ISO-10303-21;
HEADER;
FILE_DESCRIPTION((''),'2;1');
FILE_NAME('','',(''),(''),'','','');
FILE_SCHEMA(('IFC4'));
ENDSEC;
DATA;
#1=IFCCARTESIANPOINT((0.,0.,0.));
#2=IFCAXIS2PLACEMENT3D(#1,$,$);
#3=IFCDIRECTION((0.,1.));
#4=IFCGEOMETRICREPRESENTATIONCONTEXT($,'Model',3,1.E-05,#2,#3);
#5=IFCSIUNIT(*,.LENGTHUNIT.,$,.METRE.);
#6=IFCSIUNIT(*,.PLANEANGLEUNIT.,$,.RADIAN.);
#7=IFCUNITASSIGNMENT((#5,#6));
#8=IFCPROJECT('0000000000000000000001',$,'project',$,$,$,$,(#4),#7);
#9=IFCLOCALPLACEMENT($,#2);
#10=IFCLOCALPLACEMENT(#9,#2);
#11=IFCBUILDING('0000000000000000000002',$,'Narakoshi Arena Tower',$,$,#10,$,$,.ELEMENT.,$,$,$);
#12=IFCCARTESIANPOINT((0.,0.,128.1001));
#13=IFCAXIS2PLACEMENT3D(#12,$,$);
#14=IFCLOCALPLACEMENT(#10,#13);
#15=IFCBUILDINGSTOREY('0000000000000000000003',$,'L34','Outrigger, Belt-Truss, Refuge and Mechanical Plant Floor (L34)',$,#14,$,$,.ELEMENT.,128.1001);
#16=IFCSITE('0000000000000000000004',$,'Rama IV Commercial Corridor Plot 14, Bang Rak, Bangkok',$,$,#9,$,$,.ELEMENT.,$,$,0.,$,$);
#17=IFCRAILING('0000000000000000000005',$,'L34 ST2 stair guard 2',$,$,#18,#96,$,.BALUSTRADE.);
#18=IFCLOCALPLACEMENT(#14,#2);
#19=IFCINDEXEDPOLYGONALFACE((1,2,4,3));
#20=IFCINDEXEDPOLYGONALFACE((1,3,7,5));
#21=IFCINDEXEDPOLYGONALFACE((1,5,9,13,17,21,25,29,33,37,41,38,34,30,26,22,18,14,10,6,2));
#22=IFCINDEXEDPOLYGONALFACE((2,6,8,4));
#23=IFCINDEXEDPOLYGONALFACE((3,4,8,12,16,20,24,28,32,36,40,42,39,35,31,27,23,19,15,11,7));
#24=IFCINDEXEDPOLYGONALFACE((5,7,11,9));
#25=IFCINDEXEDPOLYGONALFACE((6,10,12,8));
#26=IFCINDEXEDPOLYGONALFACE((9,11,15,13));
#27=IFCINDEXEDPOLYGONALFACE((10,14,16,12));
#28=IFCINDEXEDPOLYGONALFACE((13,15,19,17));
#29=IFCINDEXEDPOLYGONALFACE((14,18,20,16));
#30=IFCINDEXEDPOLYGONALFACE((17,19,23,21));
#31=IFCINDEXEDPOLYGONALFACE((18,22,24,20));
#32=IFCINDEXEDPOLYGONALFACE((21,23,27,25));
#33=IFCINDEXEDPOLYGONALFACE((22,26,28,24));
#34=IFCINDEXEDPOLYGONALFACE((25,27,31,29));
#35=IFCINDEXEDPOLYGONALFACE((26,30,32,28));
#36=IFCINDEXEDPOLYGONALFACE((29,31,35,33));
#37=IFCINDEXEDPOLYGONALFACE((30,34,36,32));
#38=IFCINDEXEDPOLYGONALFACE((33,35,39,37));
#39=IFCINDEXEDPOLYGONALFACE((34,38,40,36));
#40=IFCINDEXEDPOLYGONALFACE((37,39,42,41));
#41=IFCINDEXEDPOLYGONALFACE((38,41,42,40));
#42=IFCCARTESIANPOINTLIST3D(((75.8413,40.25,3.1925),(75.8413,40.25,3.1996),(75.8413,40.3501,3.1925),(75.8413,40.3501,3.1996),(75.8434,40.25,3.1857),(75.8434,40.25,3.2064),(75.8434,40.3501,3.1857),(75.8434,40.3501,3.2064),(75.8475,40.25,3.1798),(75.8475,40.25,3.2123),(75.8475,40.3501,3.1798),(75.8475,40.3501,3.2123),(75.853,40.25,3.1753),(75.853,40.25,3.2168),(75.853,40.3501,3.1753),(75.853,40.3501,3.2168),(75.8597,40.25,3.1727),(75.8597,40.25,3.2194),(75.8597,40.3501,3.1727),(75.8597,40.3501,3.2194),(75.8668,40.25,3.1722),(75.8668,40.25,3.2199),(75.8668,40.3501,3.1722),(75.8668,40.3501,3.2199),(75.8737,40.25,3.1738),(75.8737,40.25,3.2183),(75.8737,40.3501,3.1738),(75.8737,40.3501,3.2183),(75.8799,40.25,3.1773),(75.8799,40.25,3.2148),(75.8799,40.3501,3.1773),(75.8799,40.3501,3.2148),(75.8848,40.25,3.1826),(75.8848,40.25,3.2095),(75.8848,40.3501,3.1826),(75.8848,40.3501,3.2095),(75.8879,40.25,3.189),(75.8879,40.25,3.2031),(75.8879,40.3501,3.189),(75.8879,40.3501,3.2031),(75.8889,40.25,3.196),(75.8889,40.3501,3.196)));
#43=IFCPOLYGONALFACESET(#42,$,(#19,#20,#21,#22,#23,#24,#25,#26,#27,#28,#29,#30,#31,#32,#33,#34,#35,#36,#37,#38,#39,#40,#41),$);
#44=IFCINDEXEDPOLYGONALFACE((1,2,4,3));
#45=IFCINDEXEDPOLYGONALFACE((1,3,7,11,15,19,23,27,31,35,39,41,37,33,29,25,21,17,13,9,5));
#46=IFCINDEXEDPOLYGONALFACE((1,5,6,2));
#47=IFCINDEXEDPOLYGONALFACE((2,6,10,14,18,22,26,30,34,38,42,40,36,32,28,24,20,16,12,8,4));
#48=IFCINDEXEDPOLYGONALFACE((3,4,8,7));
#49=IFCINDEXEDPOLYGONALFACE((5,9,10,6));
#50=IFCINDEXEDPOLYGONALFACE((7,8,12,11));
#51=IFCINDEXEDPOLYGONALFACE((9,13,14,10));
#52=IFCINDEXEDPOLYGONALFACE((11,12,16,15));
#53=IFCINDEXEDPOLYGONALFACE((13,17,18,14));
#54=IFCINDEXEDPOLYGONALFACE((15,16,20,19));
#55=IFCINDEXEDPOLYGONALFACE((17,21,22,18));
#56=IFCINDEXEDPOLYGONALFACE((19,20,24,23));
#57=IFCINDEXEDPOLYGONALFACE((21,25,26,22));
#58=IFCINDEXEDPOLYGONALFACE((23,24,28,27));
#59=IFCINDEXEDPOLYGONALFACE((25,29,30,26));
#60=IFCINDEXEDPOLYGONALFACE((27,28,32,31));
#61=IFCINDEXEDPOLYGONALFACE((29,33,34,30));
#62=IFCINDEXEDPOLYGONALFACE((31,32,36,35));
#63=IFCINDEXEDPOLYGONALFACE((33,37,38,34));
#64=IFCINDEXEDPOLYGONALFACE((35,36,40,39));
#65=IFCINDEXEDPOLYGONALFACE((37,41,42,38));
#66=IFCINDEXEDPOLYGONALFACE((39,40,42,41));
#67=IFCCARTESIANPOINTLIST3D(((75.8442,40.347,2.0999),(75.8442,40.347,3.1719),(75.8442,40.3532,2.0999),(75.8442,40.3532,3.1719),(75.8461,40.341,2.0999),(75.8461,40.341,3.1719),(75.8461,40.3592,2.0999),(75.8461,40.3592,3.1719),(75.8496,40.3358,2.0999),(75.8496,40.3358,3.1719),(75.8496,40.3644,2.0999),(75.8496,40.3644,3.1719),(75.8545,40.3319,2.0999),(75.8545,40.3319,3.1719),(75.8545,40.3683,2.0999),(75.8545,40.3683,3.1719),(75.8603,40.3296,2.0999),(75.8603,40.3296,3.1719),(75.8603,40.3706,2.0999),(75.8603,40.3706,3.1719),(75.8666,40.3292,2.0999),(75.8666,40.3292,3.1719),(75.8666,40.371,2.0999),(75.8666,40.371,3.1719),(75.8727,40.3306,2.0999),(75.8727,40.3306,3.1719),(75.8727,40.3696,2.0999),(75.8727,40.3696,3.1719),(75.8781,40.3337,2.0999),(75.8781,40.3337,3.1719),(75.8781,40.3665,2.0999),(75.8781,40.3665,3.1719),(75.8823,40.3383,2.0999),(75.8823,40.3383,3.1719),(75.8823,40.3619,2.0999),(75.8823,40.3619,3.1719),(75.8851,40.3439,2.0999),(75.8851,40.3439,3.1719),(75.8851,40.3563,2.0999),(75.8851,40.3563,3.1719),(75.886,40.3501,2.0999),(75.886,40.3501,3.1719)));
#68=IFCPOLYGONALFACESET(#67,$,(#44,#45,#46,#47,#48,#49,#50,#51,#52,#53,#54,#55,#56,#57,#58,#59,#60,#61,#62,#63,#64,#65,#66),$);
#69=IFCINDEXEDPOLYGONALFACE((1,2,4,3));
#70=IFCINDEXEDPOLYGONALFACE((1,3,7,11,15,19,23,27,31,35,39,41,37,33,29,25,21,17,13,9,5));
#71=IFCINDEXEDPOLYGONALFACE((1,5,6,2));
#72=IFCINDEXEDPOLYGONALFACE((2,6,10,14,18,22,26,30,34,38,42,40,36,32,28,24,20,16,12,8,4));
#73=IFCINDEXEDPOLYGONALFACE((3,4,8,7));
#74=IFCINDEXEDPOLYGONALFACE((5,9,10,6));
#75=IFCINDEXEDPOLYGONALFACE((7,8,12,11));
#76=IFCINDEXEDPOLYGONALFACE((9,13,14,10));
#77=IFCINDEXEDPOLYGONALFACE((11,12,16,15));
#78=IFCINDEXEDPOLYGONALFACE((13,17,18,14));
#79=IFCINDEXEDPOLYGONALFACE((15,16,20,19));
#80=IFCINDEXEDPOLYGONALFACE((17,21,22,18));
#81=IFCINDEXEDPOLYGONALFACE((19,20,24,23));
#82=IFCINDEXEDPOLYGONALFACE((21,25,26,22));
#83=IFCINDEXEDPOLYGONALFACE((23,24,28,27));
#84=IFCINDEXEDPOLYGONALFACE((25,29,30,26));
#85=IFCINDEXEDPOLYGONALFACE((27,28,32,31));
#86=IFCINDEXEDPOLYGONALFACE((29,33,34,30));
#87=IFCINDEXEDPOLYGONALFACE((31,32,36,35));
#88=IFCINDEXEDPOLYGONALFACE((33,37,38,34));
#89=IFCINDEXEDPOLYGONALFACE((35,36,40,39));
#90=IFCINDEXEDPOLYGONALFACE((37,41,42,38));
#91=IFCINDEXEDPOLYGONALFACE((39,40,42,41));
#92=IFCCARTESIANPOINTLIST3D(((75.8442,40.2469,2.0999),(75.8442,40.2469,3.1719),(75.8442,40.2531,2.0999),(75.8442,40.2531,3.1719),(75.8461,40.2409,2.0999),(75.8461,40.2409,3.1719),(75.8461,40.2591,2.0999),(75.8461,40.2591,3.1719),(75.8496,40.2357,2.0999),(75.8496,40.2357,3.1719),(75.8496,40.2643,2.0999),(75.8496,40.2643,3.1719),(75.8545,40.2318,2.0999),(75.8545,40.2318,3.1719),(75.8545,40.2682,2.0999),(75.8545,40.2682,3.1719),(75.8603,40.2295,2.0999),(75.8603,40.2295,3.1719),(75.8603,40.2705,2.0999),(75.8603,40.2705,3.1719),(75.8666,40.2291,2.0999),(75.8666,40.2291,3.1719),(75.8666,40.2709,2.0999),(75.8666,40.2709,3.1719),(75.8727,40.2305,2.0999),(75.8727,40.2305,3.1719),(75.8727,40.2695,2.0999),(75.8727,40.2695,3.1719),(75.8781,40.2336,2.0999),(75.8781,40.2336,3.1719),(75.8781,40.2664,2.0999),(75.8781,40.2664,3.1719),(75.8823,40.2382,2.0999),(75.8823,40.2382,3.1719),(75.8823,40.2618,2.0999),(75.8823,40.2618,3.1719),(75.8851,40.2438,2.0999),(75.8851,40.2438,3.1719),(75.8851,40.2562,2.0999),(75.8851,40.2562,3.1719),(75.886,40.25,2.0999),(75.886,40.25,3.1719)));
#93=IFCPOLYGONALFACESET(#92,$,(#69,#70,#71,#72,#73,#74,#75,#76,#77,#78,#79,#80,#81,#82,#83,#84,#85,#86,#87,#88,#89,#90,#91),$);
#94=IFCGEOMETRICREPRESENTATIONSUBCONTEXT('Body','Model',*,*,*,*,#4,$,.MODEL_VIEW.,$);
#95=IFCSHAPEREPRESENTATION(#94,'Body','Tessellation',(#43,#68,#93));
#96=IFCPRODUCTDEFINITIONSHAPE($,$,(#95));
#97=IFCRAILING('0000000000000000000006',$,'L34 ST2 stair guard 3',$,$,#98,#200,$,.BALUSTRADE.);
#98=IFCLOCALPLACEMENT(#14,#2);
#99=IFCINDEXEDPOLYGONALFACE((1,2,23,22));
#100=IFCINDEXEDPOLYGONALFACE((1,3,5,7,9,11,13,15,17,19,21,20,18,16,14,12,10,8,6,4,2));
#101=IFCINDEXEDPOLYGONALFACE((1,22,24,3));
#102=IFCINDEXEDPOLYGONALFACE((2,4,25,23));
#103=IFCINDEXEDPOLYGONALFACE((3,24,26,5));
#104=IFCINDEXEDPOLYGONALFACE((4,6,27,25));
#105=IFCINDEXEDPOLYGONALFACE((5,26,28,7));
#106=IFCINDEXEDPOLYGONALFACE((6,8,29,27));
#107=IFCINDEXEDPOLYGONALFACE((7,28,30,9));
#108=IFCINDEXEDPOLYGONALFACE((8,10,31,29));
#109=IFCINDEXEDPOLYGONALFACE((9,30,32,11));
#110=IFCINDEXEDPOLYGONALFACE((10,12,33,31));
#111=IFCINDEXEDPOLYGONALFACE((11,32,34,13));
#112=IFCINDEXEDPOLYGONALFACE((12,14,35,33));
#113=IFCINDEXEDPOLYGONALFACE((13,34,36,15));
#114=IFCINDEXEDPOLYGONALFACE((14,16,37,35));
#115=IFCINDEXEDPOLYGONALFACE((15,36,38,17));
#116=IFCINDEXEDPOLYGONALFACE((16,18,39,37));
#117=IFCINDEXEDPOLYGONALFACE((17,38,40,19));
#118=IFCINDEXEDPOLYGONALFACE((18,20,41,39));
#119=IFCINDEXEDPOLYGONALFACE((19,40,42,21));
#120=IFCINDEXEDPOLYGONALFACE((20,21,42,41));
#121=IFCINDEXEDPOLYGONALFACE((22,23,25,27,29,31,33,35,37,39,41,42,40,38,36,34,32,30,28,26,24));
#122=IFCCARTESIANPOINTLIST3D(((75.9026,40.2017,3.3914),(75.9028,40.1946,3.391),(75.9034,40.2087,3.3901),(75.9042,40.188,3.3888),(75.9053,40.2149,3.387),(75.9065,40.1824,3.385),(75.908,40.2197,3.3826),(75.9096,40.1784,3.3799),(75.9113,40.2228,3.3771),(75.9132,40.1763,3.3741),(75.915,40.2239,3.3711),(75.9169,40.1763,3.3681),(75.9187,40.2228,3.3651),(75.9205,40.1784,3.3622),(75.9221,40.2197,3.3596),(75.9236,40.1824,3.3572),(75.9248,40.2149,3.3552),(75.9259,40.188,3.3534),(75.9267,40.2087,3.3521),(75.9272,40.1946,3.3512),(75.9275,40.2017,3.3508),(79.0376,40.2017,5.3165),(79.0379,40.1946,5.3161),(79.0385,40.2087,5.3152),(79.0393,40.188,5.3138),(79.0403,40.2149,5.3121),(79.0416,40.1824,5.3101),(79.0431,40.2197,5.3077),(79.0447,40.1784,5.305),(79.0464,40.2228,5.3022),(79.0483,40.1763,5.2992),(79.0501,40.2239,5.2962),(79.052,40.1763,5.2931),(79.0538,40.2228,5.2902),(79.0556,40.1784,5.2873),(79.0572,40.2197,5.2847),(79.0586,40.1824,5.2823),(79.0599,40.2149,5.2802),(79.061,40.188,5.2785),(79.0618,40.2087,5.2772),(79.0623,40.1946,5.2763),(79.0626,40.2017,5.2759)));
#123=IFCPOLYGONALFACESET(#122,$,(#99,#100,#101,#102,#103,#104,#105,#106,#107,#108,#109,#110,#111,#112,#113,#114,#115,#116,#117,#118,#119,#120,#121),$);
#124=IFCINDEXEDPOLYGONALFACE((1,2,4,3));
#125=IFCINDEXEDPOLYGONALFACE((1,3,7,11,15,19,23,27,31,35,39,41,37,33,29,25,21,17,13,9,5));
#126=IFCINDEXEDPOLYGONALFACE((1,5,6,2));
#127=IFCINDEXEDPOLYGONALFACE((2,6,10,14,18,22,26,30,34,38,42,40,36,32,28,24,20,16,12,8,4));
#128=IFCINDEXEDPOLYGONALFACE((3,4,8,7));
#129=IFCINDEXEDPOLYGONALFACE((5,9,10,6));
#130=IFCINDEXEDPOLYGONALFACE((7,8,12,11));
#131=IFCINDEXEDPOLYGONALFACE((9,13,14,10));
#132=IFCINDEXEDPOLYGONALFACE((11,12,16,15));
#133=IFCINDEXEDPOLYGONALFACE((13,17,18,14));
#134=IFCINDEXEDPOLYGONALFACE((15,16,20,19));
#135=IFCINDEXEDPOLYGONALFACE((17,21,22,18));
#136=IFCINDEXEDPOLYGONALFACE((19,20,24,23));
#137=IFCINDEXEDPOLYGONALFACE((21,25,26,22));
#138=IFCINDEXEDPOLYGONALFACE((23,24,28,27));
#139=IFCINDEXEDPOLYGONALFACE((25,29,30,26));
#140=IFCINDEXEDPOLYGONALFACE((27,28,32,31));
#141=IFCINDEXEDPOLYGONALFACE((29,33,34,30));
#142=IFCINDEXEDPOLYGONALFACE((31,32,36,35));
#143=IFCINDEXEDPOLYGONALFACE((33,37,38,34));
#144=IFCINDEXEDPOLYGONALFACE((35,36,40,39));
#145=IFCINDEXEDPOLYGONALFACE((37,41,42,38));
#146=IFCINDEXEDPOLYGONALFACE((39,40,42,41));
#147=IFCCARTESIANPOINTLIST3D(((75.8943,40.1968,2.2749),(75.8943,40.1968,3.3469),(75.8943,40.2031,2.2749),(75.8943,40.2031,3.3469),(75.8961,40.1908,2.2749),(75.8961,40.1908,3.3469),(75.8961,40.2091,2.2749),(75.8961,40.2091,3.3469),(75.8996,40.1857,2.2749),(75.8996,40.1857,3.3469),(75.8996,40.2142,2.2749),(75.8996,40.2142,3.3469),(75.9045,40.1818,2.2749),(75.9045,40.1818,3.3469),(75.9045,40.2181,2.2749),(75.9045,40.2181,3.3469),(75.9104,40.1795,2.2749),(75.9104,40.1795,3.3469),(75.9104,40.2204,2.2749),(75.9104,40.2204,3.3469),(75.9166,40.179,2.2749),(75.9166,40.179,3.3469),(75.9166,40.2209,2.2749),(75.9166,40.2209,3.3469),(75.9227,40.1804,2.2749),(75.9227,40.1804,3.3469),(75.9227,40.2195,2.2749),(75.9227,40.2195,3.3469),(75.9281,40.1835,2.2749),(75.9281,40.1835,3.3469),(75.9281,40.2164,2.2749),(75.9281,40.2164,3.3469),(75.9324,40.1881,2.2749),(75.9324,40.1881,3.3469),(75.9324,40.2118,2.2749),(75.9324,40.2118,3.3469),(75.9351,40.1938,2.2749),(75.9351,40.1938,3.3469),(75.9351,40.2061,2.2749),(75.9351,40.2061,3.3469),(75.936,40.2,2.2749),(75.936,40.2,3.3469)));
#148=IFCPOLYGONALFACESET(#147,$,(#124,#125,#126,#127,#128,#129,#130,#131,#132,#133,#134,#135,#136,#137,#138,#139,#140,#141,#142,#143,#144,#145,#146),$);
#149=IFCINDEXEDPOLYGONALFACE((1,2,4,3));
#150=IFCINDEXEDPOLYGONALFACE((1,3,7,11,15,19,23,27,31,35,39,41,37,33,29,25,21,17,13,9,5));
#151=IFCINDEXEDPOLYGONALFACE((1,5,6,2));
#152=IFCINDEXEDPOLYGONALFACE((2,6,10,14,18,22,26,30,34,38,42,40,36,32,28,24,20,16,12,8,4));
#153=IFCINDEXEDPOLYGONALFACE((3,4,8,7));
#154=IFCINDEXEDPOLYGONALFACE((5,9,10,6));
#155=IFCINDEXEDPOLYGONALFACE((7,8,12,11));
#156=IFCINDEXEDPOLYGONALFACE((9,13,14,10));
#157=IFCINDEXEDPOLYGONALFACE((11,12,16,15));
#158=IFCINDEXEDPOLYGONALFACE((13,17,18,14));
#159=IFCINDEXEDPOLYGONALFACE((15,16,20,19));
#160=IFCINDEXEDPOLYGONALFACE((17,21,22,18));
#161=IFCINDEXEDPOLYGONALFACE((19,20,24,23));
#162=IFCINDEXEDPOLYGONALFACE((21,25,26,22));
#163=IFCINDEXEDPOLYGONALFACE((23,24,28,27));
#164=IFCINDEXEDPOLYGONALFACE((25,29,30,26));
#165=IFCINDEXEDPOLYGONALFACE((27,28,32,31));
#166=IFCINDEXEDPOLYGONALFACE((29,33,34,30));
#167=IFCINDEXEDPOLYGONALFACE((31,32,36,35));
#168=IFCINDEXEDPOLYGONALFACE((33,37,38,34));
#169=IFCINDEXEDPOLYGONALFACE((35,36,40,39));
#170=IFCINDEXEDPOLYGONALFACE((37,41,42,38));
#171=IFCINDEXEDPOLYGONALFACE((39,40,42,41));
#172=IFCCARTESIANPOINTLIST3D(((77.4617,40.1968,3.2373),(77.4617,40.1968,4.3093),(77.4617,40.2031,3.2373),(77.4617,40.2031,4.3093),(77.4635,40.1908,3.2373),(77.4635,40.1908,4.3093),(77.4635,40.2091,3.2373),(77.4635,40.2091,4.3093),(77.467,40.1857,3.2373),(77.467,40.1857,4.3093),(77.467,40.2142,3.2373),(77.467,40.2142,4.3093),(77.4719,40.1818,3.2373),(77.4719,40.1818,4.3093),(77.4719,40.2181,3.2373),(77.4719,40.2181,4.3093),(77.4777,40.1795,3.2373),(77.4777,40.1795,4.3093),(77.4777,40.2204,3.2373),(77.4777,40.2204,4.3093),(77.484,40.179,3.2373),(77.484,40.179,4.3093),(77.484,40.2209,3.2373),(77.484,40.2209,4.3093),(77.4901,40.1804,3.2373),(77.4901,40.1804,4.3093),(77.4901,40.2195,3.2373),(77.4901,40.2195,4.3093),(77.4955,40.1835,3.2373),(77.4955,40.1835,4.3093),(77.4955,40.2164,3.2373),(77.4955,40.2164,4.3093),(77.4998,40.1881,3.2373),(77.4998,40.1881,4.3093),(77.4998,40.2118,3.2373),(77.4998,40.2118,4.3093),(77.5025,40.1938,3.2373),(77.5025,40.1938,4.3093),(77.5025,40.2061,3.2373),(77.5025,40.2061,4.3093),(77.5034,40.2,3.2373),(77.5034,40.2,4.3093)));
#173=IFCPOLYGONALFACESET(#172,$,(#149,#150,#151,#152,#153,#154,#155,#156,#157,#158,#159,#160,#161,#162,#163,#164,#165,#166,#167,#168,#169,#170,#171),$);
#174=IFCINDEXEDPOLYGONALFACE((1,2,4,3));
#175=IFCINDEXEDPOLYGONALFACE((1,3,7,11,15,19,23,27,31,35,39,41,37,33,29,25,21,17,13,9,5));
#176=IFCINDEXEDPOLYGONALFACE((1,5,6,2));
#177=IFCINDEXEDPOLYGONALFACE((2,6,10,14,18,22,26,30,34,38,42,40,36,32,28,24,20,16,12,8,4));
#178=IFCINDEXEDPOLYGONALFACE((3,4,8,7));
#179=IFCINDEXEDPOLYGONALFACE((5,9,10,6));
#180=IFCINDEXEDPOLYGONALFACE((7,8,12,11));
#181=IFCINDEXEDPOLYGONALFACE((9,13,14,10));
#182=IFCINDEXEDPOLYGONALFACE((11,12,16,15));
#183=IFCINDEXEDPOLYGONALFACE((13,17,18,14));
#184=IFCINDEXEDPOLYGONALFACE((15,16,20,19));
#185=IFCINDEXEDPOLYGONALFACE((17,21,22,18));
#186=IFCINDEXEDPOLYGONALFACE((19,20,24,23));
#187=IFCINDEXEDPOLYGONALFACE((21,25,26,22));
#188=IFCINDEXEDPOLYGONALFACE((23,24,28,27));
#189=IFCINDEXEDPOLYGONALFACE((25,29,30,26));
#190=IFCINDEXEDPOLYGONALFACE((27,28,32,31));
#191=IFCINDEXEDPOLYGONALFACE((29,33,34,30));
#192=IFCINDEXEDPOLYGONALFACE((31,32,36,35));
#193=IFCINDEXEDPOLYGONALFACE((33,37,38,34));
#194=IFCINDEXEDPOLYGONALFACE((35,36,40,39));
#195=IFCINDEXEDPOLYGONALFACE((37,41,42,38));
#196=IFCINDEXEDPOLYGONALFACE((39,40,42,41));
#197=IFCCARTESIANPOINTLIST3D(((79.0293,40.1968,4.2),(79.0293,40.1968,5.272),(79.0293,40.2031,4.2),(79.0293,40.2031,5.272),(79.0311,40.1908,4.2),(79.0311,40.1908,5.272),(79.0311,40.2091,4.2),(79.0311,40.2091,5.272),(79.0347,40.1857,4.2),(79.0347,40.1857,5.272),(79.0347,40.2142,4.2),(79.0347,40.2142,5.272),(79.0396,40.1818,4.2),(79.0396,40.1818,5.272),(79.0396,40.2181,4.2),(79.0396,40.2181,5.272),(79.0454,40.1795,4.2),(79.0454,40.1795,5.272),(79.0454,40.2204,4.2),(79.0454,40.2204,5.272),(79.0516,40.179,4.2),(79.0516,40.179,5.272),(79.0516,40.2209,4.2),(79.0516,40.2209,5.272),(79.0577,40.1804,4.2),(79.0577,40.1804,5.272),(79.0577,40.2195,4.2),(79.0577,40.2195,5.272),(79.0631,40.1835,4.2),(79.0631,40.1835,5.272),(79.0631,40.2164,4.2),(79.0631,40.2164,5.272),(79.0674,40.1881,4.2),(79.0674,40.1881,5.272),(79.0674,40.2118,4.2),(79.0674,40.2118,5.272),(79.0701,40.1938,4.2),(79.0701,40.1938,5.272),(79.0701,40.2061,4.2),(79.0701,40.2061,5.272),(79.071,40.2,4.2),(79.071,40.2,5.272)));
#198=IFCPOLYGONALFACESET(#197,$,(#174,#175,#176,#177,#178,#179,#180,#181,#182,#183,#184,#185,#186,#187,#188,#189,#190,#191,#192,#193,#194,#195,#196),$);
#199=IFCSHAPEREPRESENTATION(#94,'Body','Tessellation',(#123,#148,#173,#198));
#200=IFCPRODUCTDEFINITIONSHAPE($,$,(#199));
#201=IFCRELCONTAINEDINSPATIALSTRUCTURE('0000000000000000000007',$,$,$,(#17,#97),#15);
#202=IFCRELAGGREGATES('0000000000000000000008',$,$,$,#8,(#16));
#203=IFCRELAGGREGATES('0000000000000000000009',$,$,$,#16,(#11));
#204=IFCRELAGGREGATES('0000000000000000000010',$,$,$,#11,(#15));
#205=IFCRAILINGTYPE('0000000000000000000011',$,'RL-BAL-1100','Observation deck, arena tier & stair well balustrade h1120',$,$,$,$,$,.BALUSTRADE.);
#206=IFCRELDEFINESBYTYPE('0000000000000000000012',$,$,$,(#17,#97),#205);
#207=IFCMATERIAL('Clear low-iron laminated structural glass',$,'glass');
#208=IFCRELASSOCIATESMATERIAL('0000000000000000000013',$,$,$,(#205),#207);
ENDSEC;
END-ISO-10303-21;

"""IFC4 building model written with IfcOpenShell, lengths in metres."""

from ifc_helpers import new_model, si_unit, direction, frame, origin, origin_2d, place, context, subcontext, project, spatial, circle, extrude, material, type_object, element, save


model = new_model("IFC4")

# Units and contexts
model_context = context("Model", 3, precision=1e-05, world=origin(), true_north=direction((0.0, 1.0)))
body_context = subcontext(model_context, "Body", "Model", "MODEL_VIEW")
ifc_project = project(units=[si_unit("LENGTHUNIT", "METRE"), si_unit("PLANEANGLEUNIT", "RADIAN")], contexts=[model_context])

# Site, building, storey
site_placement = place(None, origin())
site = spatial("IfcSite", under=ifc_project, at=site_placement, Name="Rama IV Commercial Corridor Plot 14, Bang Rak, Bangkok", CompositionType="ELEMENT", RefElevation=0.0)
building_placement = place(site_placement, origin())
building = spatial("IfcBuilding", under=site, at=building_placement, Name="Narakoshi Arena Tower", CompositionType="ELEMENT")
storey_placement = place(building_placement, frame((0.0, 0.0, 128.1001)))
storey = spatial("IfcBuildingStorey", under=building, at=storey_placement, Name="L34", Description="Outrigger, Belt-Truss, Refuge and Mechanical Plant Floor (L34)", CompositionType="ELEMENT", Elevation=128.1001)

# Railings
ifc_material_1 = material(Name="Clear low-iron laminated structural glass", Category="glass")
railing_type_1 = type_object("IfcRailingType", Name="RL-BAL-1100", Description="Observation deck, arena tier & stair well balustrade h1120", PredefinedType="BALUSTRADE", material=ifc_material_1)
railing_1_placement = place(storey_placement, frame((75.865, 40.3501, 2.0999)))
element("IfcRailing", 1, at=railing_1_placement, inside=storey, type_object=railing_type_1, Name="L34 ST2 stair guard 2", PredefinedType="BALUSTRADE", context=body_context, shape_type="SweptSolid", body=[
    extrude(circle(Radius=0.0239, at=origin_2d()), frame((0.0, 0.0, 1.0962), z_axis=(0.0, -1.0, 0.0), x_axis=(1.0, 0.0, 0.0)), (0.0, 0.0, 1.0), 0.1001),
    extrude(circle(Radius=0.021, at=origin_2d()), origin(), (0.0, 0.0, 1.0), 1.072),
    extrude(circle(Radius=0.021, at=origin_2d()), frame((0.0, -0.1001, 0.0)), (0.0, 0.0, 1.0), 1.072),
])
railing_2_placement = place(storey_placement, frame((75.915, 40.2, 2.2749)))
element("IfcRailing", 2, at=railing_2_placement, inside=storey, type_object=railing_type_1, Name="L34 ST2 stair guard 3", PredefinedType="BALUSTRADE", context=body_context, shape_type="SweptSolid", body=[
    extrude(circle(Radius=0.0239, at=origin_2d()), frame((0.0, 0.0, 1.0962), z_axis=(0.852166, 0.0, 0.523271), x_axis=(0.0, 1.0, 0.0)), (0.0, 0.0, 1.0), 3.679),
    extrude(circle(Radius=0.021, at=origin_2d()), origin(), (0.0, 0.0, 1.0), 1.072),
    extrude(circle(Radius=0.021, at=origin_2d()), frame((1.5674, 0.0, 0.9624)), (0.0, 0.0, 1.0), 1.072),
    extrude(circle(Radius=0.021, at=origin_2d()), frame((3.135, 0.0, 1.925)), (0.0, 0.0, 1.0), 1.072),
])

save(model, "model.ifc")
